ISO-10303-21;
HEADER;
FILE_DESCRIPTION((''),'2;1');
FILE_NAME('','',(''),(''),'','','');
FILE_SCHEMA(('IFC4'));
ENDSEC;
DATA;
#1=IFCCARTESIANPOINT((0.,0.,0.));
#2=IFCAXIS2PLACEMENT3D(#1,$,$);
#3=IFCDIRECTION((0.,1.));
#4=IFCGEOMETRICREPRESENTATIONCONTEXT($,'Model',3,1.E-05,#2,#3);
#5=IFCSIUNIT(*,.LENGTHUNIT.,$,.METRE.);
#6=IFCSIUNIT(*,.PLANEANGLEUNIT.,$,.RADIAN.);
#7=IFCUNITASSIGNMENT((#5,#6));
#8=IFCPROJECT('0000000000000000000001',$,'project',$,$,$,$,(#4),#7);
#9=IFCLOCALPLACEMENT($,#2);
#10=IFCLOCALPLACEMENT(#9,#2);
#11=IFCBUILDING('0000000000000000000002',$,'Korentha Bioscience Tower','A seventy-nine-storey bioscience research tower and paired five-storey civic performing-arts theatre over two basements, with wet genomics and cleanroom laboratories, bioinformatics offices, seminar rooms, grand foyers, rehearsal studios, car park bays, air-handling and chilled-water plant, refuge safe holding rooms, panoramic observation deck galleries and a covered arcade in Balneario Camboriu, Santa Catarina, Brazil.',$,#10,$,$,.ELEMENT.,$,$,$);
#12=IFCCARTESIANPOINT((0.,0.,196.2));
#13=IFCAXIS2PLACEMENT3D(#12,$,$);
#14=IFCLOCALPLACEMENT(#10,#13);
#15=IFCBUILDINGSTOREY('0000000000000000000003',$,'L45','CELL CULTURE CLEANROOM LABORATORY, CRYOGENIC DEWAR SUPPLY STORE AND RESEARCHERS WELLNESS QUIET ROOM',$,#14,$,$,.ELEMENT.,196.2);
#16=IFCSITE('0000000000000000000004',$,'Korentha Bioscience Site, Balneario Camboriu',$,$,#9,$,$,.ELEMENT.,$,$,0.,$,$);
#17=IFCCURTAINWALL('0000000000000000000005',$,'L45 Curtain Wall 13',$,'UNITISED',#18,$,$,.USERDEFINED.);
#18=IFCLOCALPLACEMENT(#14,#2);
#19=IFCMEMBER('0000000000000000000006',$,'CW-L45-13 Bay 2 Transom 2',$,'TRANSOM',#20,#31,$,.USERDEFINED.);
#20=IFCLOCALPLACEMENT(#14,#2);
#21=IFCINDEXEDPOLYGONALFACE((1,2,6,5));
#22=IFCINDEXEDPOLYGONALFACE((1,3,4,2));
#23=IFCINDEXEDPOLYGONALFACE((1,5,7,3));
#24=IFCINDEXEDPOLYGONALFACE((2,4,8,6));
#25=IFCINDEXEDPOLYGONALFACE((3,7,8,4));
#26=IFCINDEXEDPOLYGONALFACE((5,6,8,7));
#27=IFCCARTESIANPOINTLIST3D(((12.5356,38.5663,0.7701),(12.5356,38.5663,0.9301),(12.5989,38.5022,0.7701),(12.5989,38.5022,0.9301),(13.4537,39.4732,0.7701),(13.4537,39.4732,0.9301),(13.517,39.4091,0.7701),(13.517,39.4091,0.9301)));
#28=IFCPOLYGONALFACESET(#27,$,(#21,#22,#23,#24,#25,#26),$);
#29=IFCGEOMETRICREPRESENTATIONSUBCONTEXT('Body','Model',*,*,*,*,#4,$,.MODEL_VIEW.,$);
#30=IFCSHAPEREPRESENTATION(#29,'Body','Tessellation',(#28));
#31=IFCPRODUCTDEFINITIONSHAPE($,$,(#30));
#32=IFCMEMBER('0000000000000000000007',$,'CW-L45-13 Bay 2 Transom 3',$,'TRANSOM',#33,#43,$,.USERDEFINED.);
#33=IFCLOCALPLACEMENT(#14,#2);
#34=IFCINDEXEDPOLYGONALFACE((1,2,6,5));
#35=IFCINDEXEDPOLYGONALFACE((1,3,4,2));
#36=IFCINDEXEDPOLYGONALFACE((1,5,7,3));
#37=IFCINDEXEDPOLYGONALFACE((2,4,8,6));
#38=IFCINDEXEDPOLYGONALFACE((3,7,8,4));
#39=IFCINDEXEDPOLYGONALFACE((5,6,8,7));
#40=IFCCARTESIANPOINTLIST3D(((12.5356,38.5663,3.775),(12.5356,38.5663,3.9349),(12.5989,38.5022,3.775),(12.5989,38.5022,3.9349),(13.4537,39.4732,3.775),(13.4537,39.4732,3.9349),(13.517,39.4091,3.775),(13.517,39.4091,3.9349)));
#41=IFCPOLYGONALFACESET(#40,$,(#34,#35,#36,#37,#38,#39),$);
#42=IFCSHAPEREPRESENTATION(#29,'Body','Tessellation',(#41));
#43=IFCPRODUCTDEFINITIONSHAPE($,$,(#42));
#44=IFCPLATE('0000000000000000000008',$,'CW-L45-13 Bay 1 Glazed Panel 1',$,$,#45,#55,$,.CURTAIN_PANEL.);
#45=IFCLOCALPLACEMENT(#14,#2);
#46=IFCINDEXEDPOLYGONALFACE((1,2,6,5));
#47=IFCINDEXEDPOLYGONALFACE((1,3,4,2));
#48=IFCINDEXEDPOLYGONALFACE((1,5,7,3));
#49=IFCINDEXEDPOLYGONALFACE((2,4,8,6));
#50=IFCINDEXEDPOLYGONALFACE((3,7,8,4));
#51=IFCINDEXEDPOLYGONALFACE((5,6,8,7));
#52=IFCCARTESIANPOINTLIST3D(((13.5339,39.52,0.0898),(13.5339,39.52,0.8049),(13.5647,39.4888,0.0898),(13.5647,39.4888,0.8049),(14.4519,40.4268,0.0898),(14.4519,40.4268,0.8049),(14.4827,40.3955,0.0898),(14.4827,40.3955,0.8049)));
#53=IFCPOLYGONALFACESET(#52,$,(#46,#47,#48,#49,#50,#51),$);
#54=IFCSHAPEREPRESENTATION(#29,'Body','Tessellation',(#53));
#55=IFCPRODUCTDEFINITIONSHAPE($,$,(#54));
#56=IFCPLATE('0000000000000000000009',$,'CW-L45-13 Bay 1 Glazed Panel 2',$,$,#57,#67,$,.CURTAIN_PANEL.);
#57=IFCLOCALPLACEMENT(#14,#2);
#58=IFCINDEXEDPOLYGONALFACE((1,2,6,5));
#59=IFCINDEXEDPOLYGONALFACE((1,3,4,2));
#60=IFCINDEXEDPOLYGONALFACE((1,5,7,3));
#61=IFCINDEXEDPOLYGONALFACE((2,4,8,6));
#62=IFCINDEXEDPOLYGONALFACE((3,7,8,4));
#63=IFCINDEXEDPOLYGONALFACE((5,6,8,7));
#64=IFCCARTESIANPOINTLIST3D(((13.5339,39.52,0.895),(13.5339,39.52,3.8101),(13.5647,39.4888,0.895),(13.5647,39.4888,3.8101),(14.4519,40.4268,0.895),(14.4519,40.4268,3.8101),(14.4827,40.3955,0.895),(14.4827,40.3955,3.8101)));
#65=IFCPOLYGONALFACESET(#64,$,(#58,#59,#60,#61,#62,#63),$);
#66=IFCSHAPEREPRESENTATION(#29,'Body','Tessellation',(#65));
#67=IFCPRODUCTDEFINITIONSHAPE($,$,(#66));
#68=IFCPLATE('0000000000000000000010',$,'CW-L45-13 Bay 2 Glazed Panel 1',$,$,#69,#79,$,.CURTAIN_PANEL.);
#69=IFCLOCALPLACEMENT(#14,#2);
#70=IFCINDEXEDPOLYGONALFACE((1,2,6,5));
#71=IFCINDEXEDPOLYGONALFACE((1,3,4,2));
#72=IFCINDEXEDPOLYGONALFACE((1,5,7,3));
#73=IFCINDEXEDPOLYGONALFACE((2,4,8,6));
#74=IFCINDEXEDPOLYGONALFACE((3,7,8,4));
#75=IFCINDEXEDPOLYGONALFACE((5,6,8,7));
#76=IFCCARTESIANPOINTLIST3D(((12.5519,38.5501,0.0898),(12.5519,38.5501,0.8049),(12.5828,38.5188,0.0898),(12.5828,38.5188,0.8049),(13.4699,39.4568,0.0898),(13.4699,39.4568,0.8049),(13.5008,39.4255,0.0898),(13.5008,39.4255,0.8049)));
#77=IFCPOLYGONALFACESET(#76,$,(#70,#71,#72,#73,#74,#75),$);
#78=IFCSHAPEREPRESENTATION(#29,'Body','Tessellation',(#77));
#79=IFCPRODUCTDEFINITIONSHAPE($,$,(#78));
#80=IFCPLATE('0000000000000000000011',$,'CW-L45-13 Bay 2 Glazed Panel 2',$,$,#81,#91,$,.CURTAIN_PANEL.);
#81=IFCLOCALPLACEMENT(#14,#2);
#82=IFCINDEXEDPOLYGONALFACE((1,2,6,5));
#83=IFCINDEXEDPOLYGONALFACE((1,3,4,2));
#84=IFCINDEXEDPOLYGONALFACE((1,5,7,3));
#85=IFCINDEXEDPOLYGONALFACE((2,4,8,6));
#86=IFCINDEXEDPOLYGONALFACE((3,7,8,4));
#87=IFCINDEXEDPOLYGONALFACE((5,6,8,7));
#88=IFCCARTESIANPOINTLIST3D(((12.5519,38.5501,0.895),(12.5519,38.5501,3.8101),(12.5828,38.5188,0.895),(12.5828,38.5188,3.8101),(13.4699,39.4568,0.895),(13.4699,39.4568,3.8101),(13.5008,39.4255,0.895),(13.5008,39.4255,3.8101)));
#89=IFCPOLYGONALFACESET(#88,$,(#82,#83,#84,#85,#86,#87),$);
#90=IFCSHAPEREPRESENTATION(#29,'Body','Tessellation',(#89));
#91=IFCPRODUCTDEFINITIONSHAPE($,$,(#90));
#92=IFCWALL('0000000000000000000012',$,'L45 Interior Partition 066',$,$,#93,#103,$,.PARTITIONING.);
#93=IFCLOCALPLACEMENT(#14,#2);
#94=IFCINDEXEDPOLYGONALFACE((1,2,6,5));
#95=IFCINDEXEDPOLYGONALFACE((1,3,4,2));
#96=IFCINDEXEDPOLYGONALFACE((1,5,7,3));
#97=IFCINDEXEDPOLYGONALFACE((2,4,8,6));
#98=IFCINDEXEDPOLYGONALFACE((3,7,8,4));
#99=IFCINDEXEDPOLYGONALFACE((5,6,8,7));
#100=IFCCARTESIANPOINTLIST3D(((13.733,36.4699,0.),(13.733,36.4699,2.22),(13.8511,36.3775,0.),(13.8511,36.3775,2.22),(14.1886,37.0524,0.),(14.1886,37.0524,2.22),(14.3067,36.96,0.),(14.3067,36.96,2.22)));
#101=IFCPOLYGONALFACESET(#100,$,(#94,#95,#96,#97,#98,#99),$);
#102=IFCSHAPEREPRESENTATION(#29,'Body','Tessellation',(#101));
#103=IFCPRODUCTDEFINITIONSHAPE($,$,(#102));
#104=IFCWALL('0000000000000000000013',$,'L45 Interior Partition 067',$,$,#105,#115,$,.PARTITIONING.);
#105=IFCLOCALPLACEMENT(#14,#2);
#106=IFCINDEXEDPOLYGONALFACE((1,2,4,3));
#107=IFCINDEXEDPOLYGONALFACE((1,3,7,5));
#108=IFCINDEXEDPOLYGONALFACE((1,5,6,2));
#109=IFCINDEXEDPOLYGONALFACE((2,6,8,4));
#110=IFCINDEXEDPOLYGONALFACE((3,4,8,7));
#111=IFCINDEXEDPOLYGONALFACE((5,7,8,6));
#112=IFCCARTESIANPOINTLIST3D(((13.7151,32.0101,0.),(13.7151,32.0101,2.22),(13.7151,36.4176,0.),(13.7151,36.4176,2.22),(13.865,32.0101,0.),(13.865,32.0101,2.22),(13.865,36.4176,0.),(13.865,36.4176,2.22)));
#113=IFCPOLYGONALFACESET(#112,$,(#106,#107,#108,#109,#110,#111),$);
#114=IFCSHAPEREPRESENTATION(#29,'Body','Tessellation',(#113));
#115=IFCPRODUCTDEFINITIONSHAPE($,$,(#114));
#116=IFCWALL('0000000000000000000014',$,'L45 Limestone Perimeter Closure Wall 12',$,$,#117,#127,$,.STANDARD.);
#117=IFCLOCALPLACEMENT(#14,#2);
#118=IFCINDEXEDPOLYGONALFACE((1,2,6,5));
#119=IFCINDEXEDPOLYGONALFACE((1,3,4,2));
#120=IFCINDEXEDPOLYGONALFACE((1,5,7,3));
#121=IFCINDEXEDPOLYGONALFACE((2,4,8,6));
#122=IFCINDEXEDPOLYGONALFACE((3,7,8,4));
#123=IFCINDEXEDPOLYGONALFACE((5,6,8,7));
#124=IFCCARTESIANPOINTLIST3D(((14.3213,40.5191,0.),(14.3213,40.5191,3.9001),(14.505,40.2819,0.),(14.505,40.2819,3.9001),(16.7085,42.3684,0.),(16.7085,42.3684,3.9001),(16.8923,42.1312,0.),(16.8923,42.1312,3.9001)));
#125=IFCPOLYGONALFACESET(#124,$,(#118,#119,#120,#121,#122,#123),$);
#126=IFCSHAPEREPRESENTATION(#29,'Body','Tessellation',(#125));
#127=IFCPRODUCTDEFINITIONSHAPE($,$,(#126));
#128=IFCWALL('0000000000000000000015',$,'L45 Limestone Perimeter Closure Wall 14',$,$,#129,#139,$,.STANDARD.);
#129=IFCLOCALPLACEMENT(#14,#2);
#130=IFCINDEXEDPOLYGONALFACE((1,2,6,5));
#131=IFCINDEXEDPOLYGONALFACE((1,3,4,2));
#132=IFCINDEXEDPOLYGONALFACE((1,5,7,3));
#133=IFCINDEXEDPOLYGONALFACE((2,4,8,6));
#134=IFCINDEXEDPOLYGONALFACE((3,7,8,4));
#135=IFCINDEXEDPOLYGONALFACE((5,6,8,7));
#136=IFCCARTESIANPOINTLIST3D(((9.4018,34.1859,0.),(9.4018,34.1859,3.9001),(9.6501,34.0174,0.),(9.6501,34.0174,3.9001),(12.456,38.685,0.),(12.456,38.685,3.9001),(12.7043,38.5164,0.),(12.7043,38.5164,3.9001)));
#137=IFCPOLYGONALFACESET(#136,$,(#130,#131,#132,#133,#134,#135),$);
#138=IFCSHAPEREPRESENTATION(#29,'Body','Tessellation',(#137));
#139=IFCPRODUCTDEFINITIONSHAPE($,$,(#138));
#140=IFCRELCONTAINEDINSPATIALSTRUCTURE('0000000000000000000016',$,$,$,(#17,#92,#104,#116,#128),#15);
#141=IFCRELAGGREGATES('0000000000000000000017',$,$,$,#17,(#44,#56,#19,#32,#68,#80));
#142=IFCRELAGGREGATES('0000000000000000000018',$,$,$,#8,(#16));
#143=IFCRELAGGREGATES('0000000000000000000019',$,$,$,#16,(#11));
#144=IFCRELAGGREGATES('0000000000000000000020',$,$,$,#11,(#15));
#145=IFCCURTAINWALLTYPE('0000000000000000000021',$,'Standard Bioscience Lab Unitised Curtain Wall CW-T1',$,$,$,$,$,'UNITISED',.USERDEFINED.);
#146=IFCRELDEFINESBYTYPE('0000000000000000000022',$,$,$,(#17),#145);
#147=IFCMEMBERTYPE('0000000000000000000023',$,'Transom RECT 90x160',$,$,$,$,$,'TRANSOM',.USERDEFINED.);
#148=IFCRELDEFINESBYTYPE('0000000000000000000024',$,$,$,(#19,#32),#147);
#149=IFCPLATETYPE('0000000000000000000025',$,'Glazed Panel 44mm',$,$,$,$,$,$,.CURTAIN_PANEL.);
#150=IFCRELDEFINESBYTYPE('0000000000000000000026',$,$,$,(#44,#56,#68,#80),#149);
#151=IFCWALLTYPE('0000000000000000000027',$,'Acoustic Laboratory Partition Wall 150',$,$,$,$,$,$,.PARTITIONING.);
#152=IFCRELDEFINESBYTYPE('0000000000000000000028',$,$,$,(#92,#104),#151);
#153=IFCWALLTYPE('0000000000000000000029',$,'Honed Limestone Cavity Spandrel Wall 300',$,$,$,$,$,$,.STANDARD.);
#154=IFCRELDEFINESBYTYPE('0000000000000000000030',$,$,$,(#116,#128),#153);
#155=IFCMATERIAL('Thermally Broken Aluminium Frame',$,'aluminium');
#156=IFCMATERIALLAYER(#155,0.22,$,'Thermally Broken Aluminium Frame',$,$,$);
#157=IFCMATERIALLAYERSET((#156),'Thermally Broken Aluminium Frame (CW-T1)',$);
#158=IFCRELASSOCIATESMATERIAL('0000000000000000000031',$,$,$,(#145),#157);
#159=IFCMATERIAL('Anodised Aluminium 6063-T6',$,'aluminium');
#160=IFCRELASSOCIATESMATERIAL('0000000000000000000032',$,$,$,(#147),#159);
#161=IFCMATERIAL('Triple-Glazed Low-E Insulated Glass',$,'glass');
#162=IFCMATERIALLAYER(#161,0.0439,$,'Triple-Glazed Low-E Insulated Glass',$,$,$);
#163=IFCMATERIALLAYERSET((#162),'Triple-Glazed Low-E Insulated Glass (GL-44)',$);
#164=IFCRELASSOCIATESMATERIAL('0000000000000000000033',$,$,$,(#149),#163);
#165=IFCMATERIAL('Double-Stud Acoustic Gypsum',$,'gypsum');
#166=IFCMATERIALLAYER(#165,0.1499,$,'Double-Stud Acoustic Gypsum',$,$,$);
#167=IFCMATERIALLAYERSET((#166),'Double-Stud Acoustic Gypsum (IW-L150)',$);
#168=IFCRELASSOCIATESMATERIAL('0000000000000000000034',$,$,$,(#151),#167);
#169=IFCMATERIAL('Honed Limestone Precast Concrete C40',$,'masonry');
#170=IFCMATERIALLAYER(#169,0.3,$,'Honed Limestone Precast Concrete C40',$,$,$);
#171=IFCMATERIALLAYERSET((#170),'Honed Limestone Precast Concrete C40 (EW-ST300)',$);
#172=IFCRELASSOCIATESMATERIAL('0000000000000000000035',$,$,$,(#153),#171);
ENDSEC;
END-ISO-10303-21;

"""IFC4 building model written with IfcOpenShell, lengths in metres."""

from ifc_helpers import new_model, si_unit, direction, frame, frame_2d, origin, origin_2d, place, context, subcontext, project, spatial, rectangle, extrude, material, layer, layer_set, material_profile, profile_set, type_object, element, aggregate, save


model = new_model("IFC4")

# Units and contexts
model_context = context("Model", 3, precision=1e-05, world=origin(), true_north=direction((0.0, 1.0)))
body_context = subcontext(model_context, "Body", "Model", "MODEL_VIEW")
ifc_project = project(units=[si_unit("LENGTHUNIT", "METRE"), si_unit("PLANEANGLEUNIT", "RADIAN")], contexts=[model_context])

# Site, building, storey
site_placement = place(None, origin())
site = spatial("IfcSite", under=ifc_project, at=site_placement, Name="Korentha Bioscience Site, Balneario Camboriu", CompositionType="ELEMENT", RefElevation=0.0)
building_placement = place(site_placement, origin())
building = spatial("IfcBuilding", under=site, at=building_placement, Name="Korentha Bioscience Tower", Description="A seventy-nine-storey bioscience research tower and paired five-storey civic performing-arts theatre over two basements, with wet genomics and cleanroom laboratories, bioinformatics offices, seminar rooms, grand foyers, rehearsal studios, car park bays, air-handling and chilled-water plant, refuge safe holding rooms, panoramic observation deck galleries and a covered arcade in Balneario Camboriu, Santa Catarina, Brazil.", CompositionType="ELEMENT")
storey_placement = place(building_placement, frame((0.0, 0.0, 196.2)))
storey = spatial("IfcBuildingStorey", under=building, at=storey_placement, Name="L45", Description="CELL CULTURE CLEANROOM LABORATORY, CRYOGENIC DEWAR SUPPLY STORE AND RESEARCHERS WELLNESS QUIET ROOM", CompositionType="ELEMENT", Elevation=196.2)

# Curtain wall, members, plates
ifc_material_1 = material(Name="Thermally Broken Aluminium Frame", Category="aluminium")
ifc_layer_1 = layer(ifc_material_1, 0.22, Name="Thermally Broken Aluminium Frame")
ifc_layer_set_1 = layer_set([ifc_layer_1], Name="Thermally Broken Aluminium Frame (CW-T1)")
curtain_wall_type = type_object("IfcCurtainWallType", Name="Standard Bioscience Lab Unitised Curtain Wall CW-T1", ElementType="UNITISED", PredefinedType="USERDEFINED", material=ifc_layer_set_1)
curtain_wall_placement = place(storey_placement, origin())
curtain_wall = element("IfcCurtainWall", 1, at=curtain_wall_placement, inside=storey, type_object=curtain_wall_type, Name="L45 Curtain Wall 13", ObjectType="UNITISED", PredefinedType="USERDEFINED")
ifc_material_2 = material(Name="Anodised Aluminium 6063-T6", Category="aluminium")
ifc_material_profile_1 = material_profile(ifc_material_2, rectangle(XDim=0.0901, YDim=0.1599, at=origin_2d()), Name="Anodised Aluminium 6063-T6")
ifc_profile_set_1 = profile_set([ifc_material_profile_1], Name="Anodised Aluminium 6063-T6 (CW-TRN)")
member_type_1 = type_object("IfcMemberType", Name="Transom RECT 90x160", ElementType="TRANSOM", PredefinedType="USERDEFINED", material=ifc_profile_set_1)
member_1_placement = place(storey_placement, frame((13.4854, 39.4412, 0.8501), z_axis=(-0.711444, -0.702743, 0.0), x_axis=(0.702743, -0.711444, 0.0)))
member_1 = element("IfcMember", 2, at=member_1_placement, type_object=member_type_1, Name="CW-L45-13 Bay 2 Transom 2", ObjectType="TRANSOM", PredefinedType="USERDEFINED", context=body_context, shape_type="SweptSolid", body=[
    extrude(rectangle(XDim=0.0901, YDim=0.1599, at=origin_2d()), origin(), (0.0, 0.0, 1.0), 1.2905),
])
member_2_placement = place(storey_placement, frame((13.4854, 39.4412, 3.855), z_axis=(-0.711444, -0.702743, 0.0), x_axis=(0.702743, -0.711444, 0.0)))
member_2 = element("IfcMember", 3, at=member_2_placement, type_object=member_type_1, Name="CW-L45-13 Bay 2 Transom 3", ObjectType="TRANSOM", PredefinedType="USERDEFINED", context=body_context, shape_type="SweptSolid", body=[
    extrude(rectangle(XDim=0.0901, YDim=0.1599, at=origin_2d()), origin(), (0.0, 0.0, 1.0), 1.2905),
])
ifc_material_3 = material(Name="Triple-Glazed Low-E Insulated Glass", Category="glass")
ifc_layer_2 = layer(ifc_material_3, 0.0439, Name="Triple-Glazed Low-E Insulated Glass")
ifc_layer_set_2 = layer_set([ifc_layer_2], Name="Triple-Glazed Low-E Insulated Glass (GL-44)")
plate_type = type_object("IfcPlateType", Name="Glazed Panel 44mm", PredefinedType="CURTAIN_PANEL", material=ifc_layer_set_2)
plate_1_placement = place(storey_placement, frame((14.0083, 39.9578, 0.0898), z_axis=(0.0, 0.0, 1.0), x_axis=(-0.711461, -0.702726, 0.0)))
plate_1 = element("IfcPlate", 4, at=plate_1_placement, type_object=plate_type, Name="CW-L45-13 Bay 1 Glazed Panel 1", PredefinedType="CURTAIN_PANEL", context=body_context, shape_type="SweptSolid", body=[
    extrude(rectangle(XDim=1.2903, YDim=0.0439, at=origin_2d()), origin(), (0.0, 0.0, 1.0), 0.7151),
])
plate_2_placement = place(storey_placement, frame((14.0083, 39.9578, 0.895), z_axis=(0.0, 0.0, 1.0), x_axis=(-0.711461, -0.702726, 0.0)))
plate_2 = element("IfcPlate", 5, at=plate_2_placement, type_object=plate_type, Name="CW-L45-13 Bay 1 Glazed Panel 2", PredefinedType="CURTAIN_PANEL", context=body_context, shape_type="SweptSolid", body=[
    extrude(rectangle(XDim=1.2903, YDim=0.0439, at=origin_2d()), origin(), (0.0, 0.0, 1.0), 2.915),
])
plate_3_placement = place(storey_placement, frame((13.0264, 38.9878, 0.0898), z_axis=(0.0, 0.0, 1.0), x_axis=(-0.711461, -0.702726, 0.0)))
plate_3 = element("IfcPlate", 6, at=plate_3_placement, type_object=plate_type, Name="CW-L45-13 Bay 2 Glazed Panel 1", PredefinedType="CURTAIN_PANEL", context=body_context, shape_type="SweptSolid", body=[
    extrude(rectangle(XDim=1.2903, YDim=0.0439, at=origin_2d()), origin(), (0.0, 0.0, 1.0), 0.7151),
])
plate_4_placement = place(storey_placement, frame((13.0264, 38.9878, 0.895), z_axis=(0.0, 0.0, 1.0), x_axis=(-0.711461, -0.702726, 0.0)))
plate_4 = element("IfcPlate", 7, at=plate_4_placement, type_object=plate_type, Name="CW-L45-13 Bay 2 Glazed Panel 2", PredefinedType="CURTAIN_PANEL", context=body_context, shape_type="SweptSolid", body=[
    extrude(rectangle(XDim=1.2903, YDim=0.0439, at=origin_2d()), origin(), (0.0, 0.0, 1.0), 2.915),
])
aggregate(curtain_wall, [plate_1, plate_2, member_1, member_2, plate_3, plate_4])

# Shared definitions
ifc_material_4 = material(Name="Double-Stud Acoustic Gypsum", Category="gypsum")
ifc_layer_3 = layer(ifc_material_4, 0.1499, Name="Double-Stud Acoustic Gypsum")
ifc_layer_set_3 = layer_set([ifc_layer_3], Name="Double-Stud Acoustic Gypsum (IW-L150)")
wall_type_1 = type_object("IfcWallType", Name="Acoustic Laboratory Partition Wall 150", PredefinedType="PARTITIONING", material=ifc_layer_set_3)

# Walls
wall_1_placement = place(storey_placement, frame((14.2476, 37.0061, 0.0), z_axis=(0.0, 0.0, 1.0), x_axis=(-0.616041, -0.787714, 0.0)))
element("IfcWall", 8, at=wall_1_placement, inside=storey, type_object=wall_type_1, Name="L45 Interior Partition 066", PredefinedType="PARTITIONING", context=body_context, shape_type="SweptSolid", body=[
    extrude(rectangle(XDim=0.7395, YDim=0.1499, at=frame_2d((0.3696, 0.0))), origin(), (0.0, 0.0, 1.0), 2.22),
])
wall_2_placement = place(storey_placement, frame((13.79, 36.4175, 0.0), z_axis=(0.0, 0.0, 1.0), x_axis=(0.0, -1.0, 0.0)))
element("IfcWall", 9, at=wall_2_placement, inside=storey, type_object=wall_type_1, Name="L45 Interior Partition 067", PredefinedType="PARTITIONING", context=body_context, shape_type="SweptSolid", body=[
    extrude(rectangle(XDim=4.4075, YDim=0.1499, at=frame_2d((2.2036, 0.0))), origin(), (0.0, 0.0, 1.0), 2.22),
])
ifc_material_5 = material(Name="Honed Limestone Precast Concrete C40", Category="masonry")
ifc_layer_4 = layer(ifc_material_5, 0.3, Name="Honed Limestone Precast Concrete C40")
ifc_layer_set_4 = layer_set([ifc_layer_4], Name="Honed Limestone Precast Concrete C40 (EW-ST300)")
wall_type_2 = type_object("IfcWallType", Name="Honed Limestone Cavity Spandrel Wall 300", PredefinedType="STANDARD", material=ifc_layer_set_4)
wall_3_placement = place(storey_placement, frame((16.8003, 42.2498, 0.0), z_axis=(0.0, 0.0, 1.0), x_axis=(-0.790531, -0.612423, 0.0)))
element("IfcWall", 10, at=wall_3_placement, inside=storey, type_object=wall_type_2, Name="L45 Limestone Perimeter Closure Wall 12", PredefinedType="STANDARD", context=body_context, shape_type="SweptSolid", body=[
    extrude(rectangle(XDim=3.0198, YDim=0.3, at=frame_2d((1.5098, 0.0))), origin(), (0.0, 0.0, 1.0), 3.9001),
])
wall_4_placement = place(storey_placement, frame((12.5801, 38.6006, 0.0), z_axis=(0.0, 0.0, 1.0), x_axis=(-0.561664, -0.827365, 0.0)))
element("IfcWall", 11, at=wall_4_placement, inside=storey, type_object=wall_type_2, Name="L45 Limestone Perimeter Closure Wall 14", PredefinedType="STANDARD", context=body_context, shape_type="SweptSolid", body=[
    extrude(rectangle(XDim=5.4377, YDim=0.3, at=frame_2d((2.7188, 0.0))), origin(), (0.0, 0.0, 1.0), 3.9001),
])

save(model, "model.ifc")
